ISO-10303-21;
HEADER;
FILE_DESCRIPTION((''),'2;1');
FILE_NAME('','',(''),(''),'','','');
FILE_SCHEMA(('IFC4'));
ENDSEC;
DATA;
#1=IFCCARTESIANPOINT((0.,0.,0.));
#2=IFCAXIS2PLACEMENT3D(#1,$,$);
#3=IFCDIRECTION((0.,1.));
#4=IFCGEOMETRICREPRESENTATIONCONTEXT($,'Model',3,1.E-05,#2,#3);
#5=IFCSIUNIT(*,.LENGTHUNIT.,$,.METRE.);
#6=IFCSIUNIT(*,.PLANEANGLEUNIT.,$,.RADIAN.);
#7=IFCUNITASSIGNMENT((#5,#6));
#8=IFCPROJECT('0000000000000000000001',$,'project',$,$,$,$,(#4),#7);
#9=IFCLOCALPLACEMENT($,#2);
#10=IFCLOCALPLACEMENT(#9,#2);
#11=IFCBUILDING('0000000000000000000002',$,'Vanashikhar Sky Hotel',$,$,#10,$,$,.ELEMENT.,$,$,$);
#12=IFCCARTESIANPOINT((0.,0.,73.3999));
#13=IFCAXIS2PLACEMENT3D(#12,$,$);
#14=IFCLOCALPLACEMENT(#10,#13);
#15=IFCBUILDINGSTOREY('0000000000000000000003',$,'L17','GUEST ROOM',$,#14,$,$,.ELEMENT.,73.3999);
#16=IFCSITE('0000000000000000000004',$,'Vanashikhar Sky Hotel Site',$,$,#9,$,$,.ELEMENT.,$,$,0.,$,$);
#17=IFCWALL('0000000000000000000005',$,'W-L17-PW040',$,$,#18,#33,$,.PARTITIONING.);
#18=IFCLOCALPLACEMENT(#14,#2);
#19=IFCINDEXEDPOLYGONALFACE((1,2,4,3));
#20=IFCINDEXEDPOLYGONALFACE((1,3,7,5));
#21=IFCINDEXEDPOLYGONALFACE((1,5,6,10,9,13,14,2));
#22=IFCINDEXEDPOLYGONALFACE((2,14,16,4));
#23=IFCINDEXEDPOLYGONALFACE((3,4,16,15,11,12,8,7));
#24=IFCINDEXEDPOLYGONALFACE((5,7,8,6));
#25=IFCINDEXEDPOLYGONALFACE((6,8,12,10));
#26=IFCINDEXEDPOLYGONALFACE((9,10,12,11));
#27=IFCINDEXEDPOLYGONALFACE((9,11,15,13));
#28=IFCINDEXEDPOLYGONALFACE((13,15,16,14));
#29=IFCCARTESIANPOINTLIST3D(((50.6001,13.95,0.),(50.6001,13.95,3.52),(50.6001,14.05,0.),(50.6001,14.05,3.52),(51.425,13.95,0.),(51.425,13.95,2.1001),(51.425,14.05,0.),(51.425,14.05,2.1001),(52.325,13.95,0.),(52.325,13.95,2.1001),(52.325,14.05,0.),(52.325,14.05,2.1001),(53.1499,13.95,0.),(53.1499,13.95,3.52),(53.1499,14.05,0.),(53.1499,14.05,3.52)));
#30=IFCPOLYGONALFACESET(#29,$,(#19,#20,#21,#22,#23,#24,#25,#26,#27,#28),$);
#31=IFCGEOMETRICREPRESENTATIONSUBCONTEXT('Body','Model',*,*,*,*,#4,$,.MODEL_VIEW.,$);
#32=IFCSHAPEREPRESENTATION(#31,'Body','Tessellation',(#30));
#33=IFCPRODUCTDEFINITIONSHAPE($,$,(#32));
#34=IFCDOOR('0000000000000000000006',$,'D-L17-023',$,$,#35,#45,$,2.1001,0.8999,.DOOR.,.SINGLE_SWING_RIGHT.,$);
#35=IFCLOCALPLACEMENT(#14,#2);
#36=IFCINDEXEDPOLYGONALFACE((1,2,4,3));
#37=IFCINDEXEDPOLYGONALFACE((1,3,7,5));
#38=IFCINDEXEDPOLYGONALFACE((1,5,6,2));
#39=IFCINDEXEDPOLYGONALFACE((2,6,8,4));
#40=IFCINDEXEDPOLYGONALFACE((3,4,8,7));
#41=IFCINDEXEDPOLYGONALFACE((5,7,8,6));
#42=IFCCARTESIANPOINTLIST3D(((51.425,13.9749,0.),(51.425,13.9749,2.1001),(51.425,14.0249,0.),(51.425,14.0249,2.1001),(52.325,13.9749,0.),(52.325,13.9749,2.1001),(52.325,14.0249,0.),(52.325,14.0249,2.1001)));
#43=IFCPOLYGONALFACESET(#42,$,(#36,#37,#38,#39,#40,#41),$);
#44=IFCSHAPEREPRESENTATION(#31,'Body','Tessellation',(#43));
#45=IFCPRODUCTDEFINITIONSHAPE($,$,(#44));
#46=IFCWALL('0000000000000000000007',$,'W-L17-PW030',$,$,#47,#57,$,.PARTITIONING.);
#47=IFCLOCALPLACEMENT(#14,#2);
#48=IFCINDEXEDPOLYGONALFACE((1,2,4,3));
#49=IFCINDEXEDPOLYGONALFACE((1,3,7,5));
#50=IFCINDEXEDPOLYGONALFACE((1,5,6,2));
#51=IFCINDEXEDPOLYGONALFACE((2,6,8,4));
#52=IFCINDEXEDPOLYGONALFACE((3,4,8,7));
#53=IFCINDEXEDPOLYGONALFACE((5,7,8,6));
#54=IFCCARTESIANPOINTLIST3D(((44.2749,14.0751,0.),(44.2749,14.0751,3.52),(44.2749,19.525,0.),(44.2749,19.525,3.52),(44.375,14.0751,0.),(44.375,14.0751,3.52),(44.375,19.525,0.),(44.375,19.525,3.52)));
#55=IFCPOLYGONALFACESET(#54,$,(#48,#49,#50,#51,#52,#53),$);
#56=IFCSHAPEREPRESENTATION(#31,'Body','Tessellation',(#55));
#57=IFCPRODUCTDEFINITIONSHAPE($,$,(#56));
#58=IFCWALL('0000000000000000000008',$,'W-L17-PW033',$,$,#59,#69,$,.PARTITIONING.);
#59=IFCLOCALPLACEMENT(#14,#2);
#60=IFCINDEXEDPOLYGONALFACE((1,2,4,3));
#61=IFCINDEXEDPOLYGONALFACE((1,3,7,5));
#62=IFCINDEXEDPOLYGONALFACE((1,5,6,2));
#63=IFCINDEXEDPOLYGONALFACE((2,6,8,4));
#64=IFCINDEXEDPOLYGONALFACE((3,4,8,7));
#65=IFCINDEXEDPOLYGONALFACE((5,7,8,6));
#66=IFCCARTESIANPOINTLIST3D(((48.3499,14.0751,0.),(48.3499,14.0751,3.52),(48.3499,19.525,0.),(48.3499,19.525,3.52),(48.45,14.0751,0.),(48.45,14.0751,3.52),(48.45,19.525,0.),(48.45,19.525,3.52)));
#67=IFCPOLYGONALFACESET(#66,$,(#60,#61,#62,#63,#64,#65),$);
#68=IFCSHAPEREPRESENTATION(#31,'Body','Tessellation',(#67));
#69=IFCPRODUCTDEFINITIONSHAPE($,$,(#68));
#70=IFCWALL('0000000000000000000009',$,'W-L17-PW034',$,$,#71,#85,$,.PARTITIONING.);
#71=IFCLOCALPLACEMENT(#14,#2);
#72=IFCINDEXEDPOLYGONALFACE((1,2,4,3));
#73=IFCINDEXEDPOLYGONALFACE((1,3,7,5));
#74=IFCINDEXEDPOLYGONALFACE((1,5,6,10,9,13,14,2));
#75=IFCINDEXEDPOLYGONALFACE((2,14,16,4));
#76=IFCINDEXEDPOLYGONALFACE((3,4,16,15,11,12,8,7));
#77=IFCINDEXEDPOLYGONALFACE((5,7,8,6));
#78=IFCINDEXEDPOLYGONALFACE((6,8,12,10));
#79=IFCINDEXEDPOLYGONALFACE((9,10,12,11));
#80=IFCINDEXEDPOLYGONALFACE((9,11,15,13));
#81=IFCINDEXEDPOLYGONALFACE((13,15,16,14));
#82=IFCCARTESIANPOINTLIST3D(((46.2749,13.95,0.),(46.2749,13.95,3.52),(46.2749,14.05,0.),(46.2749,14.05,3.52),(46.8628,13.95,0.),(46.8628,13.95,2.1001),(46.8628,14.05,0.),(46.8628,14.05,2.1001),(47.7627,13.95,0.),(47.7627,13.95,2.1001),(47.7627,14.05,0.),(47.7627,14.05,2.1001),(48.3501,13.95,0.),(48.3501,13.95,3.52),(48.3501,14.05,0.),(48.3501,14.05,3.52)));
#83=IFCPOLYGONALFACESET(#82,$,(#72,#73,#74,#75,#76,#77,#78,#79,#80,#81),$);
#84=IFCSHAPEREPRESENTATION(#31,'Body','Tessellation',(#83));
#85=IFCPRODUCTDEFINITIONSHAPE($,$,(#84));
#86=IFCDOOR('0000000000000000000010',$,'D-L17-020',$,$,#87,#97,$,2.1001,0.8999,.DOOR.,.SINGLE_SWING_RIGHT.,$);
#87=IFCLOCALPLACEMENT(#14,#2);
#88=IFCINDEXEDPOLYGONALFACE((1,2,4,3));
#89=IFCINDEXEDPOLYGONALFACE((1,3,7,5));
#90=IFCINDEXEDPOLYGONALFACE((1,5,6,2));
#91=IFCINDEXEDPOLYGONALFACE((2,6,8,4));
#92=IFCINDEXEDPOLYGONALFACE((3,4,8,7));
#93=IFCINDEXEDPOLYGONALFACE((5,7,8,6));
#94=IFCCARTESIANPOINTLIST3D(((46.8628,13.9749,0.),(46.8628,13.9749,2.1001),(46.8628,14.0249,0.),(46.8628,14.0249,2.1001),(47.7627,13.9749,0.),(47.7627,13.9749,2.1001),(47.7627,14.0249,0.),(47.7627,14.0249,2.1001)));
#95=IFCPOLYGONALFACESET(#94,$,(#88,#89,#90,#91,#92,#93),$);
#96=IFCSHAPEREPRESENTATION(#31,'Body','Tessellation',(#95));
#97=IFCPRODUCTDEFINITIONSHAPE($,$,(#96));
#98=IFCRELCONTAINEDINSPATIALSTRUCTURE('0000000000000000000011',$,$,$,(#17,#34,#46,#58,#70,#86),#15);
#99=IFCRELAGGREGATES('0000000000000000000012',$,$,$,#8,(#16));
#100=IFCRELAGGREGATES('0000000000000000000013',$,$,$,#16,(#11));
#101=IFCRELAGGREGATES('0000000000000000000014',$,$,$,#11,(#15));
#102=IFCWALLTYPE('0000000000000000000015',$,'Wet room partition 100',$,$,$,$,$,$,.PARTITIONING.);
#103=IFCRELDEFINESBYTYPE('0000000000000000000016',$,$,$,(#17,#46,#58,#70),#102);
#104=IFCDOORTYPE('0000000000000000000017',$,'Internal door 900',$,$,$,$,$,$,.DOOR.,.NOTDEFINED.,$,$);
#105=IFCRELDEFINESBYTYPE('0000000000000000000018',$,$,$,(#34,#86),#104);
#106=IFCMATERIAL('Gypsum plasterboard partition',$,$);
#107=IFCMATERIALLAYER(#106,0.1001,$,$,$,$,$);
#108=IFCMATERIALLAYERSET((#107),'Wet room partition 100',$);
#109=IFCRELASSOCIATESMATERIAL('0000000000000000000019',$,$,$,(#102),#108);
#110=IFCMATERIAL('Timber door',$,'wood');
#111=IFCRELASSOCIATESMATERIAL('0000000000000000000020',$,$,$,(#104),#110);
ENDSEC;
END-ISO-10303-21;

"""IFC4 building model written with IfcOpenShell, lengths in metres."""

from ifc_helpers import new_model, si_unit, direction, frame, frame_2d, origin, place, context, subcontext, project, spatial, rectangle, extrude, source, transform, mapped, material, layer, layer_set, type_object, element, fill, save


model = new_model("IFC4")

# Units and contexts
model_context = context("Model", 3, precision=1e-05, world=origin(), true_north=direction((0.0, 1.0)))
body_context = subcontext(model_context, "Body", "Model", "MODEL_VIEW")
ifc_project = project(units=[si_unit("LENGTHUNIT", "METRE"), si_unit("PLANEANGLEUNIT", "RADIAN")], contexts=[model_context])

# Site, building, storey
site_placement = place(None, origin())
site = spatial("IfcSite", under=ifc_project, at=site_placement, Name="Vanashikhar Sky Hotel Site", CompositionType="ELEMENT", RefElevation=0.0)
building_placement = place(site_placement, origin())
building = spatial("IfcBuilding", under=site, at=building_placement, Name="Vanashikhar Sky Hotel", CompositionType="ELEMENT")
storey_placement = place(building_placement, frame((0.0, 0.0, 73.3999)))
storey = spatial("IfcBuildingStorey", under=building, at=storey_placement, Name="L17", Description="GUEST ROOM", CompositionType="ELEMENT", Elevation=73.3999)

# Wall, opening, door
ifc_material_1 = material(Name="Gypsum plasterboard partition")
ifc_layer_1 = layer(ifc_material_1, 0.1001)
ifc_layer_set_1 = layer_set([ifc_layer_1], Name="Wet room partition 100")
wall_type_1 = type_object("IfcWallType", Name="Wet room partition 100", PredefinedType="PARTITIONING", material=ifc_layer_set_1)
shared_shape_1 = source(origin(), body_context, "Body", "SweptSolid", [
    extrude(rectangle(XDim=0.8999, YDim=2.1001, at=frame_2d((0.45, 1.05))), frame((0.0, 0.0601, 0.0), z_axis=(0.0, -1.0, 0.0), x_axis=(1.0, 0.0, 0.0)), (0.0, 0.0, 1.0), 0.1201),
])
ifc_material_2 = material(Name="Timber door", Category="wood")
door_type = type_object("IfcDoorType", Name="Internal door 900", OperationType="NOTDEFINED", PredefinedType="DOOR", material=ifc_material_2)
shared_shape_2 = source(origin(), body_context, "Body", "SweptSolid", [
    extrude(rectangle(XDim=0.8999, YDim=2.1001, at=frame_2d((0.45, 1.05))), frame((0.0, 0.0249, 0.0), z_axis=(0.0, -1.0, 0.0), x_axis=(1.0, 0.0, 0.0)), (0.0, 0.0, 1.0), 0.05),
])
shared_shape_3 = source(origin(), body_context, "Body", "SweptSolid", [
    extrude(rectangle(XDim=2.5498, YDim=0.1001, at=frame_2d((1.2749, 0.0))), origin(), (0.0, 0.0, 1.0), 3.52),
])
wall_1_placement = place(storey_placement, frame((50.6001, 14.0, 0.0), z_axis=(0.0, 0.0, 1.0), x_axis=(1.0, 0.0, 0.0)))
wall_1 = element("IfcWall", 1, at=wall_1_placement, inside=storey, type_object=wall_type_1, Name="W-L17-PW040", PredefinedType="PARTITIONING", context=body_context, shape_type="MappedRepresentation", body=[
    mapped(shared_shape_3, transform((0.0, 0.0, 0.0), scale=1.0)),
])
opening_1_placement = place(wall_1_placement, frame((0.825, 0.0, 0.0)))
opening_1 = element("IfcOpeningElement", 2, at=opening_1_placement, cuts=wall_1, PredefinedType="OPENING", context=body_context, shape_type="MappedRepresentation", body=[
    mapped(shared_shape_1, transform((0.0, 0.0, 0.0), scale=1.0)),
])
door_1_placement = place(opening_1_placement, origin())
door_1 = element("IfcDoor", 3, at=door_1_placement, inside=storey, type_object=door_type, Name="D-L17-023", OperationType="SINGLE_SWING_RIGHT", OverallHeight=2.1001, OverallWidth=0.8999, PredefinedType="DOOR", context=body_context, shape_type="MappedRepresentation", body=[
    mapped(shared_shape_2, transform((0.0, 0.0, 0.0), scale=1.0)),
])
fill(opening_1, door_1)

# Walls
shared_shape_4 = source(origin(), body_context, "Body", "SweptSolid", [
    extrude(rectangle(XDim=5.45, YDim=0.1001, at=frame_2d((2.7251, 0.0))), origin(), (0.0, 0.0, 1.0), 3.52),
])
for number, where, z_axis, x_axis, name in (
    (4, (44.325, 14.075, 0.0), (0.0, 0.0, 1.0), (0.0, 1.0, 0.0), "W-L17-PW030"),
    (5, (48.3999, 14.075, 0.0), (0.0, 0.0, 1.0), (0.0, 1.0, 0.0), "W-L17-PW033"),
):
    element("IfcWall", number, at=place(storey_placement, frame(where, z_axis=z_axis, x_axis=x_axis)), inside=storey, type_object=wall_type_1, Name=name, PredefinedType="PARTITIONING", context=body_context, shape_type="MappedRepresentation", body=[
        mapped(shared_shape_4, transform((0.0, 0.0, 0.0), scale=1.0)),
    ])

# Wall, opening, door
shared_shape_5 = source(origin(), body_context, "Body", "SweptSolid", [
    extrude(rectangle(XDim=2.0752, YDim=0.1001, at=frame_2d((1.0376, 0.0))), origin(), (0.0, 0.0, 1.0), 3.52),
])
wall_2_placement = place(storey_placement, frame((46.2749, 14.0, 0.0), z_axis=(0.0, 0.0, 1.0), x_axis=(1.0, 0.0, 0.0)))
wall_2 = element("IfcWall", 6, at=wall_2_placement, inside=storey, type_object=wall_type_1, Name="W-L17-PW034", PredefinedType="PARTITIONING", context=body_context, shape_type="MappedRepresentation", body=[
    mapped(shared_shape_5, transform((0.0, 0.0, 0.0), scale=1.0)),
])
opening_2_placement = place(wall_2_placement, frame((0.5879, 0.0, 0.0)))
opening_2 = element("IfcOpeningElement", 7, at=opening_2_placement, cuts=wall_2, PredefinedType="OPENING", context=body_context, shape_type="MappedRepresentation", body=[
    mapped(shared_shape_1, transform((0.0, 0.0, 0.0), scale=1.0)),
])
door_2_placement = place(opening_2_placement, origin())
door_2 = element("IfcDoor", 8, at=door_2_placement, inside=storey, type_object=door_type, Name="D-L17-020", OperationType="SINGLE_SWING_RIGHT", OverallHeight=2.1001, OverallWidth=0.8999, PredefinedType="DOOR", context=body_context, shape_type="MappedRepresentation", body=[
    mapped(shared_shape_2, transform((0.0, 0.0, 0.0), scale=1.0)),
])
fill(opening_2, door_2)

save(model, "model.ifc")
